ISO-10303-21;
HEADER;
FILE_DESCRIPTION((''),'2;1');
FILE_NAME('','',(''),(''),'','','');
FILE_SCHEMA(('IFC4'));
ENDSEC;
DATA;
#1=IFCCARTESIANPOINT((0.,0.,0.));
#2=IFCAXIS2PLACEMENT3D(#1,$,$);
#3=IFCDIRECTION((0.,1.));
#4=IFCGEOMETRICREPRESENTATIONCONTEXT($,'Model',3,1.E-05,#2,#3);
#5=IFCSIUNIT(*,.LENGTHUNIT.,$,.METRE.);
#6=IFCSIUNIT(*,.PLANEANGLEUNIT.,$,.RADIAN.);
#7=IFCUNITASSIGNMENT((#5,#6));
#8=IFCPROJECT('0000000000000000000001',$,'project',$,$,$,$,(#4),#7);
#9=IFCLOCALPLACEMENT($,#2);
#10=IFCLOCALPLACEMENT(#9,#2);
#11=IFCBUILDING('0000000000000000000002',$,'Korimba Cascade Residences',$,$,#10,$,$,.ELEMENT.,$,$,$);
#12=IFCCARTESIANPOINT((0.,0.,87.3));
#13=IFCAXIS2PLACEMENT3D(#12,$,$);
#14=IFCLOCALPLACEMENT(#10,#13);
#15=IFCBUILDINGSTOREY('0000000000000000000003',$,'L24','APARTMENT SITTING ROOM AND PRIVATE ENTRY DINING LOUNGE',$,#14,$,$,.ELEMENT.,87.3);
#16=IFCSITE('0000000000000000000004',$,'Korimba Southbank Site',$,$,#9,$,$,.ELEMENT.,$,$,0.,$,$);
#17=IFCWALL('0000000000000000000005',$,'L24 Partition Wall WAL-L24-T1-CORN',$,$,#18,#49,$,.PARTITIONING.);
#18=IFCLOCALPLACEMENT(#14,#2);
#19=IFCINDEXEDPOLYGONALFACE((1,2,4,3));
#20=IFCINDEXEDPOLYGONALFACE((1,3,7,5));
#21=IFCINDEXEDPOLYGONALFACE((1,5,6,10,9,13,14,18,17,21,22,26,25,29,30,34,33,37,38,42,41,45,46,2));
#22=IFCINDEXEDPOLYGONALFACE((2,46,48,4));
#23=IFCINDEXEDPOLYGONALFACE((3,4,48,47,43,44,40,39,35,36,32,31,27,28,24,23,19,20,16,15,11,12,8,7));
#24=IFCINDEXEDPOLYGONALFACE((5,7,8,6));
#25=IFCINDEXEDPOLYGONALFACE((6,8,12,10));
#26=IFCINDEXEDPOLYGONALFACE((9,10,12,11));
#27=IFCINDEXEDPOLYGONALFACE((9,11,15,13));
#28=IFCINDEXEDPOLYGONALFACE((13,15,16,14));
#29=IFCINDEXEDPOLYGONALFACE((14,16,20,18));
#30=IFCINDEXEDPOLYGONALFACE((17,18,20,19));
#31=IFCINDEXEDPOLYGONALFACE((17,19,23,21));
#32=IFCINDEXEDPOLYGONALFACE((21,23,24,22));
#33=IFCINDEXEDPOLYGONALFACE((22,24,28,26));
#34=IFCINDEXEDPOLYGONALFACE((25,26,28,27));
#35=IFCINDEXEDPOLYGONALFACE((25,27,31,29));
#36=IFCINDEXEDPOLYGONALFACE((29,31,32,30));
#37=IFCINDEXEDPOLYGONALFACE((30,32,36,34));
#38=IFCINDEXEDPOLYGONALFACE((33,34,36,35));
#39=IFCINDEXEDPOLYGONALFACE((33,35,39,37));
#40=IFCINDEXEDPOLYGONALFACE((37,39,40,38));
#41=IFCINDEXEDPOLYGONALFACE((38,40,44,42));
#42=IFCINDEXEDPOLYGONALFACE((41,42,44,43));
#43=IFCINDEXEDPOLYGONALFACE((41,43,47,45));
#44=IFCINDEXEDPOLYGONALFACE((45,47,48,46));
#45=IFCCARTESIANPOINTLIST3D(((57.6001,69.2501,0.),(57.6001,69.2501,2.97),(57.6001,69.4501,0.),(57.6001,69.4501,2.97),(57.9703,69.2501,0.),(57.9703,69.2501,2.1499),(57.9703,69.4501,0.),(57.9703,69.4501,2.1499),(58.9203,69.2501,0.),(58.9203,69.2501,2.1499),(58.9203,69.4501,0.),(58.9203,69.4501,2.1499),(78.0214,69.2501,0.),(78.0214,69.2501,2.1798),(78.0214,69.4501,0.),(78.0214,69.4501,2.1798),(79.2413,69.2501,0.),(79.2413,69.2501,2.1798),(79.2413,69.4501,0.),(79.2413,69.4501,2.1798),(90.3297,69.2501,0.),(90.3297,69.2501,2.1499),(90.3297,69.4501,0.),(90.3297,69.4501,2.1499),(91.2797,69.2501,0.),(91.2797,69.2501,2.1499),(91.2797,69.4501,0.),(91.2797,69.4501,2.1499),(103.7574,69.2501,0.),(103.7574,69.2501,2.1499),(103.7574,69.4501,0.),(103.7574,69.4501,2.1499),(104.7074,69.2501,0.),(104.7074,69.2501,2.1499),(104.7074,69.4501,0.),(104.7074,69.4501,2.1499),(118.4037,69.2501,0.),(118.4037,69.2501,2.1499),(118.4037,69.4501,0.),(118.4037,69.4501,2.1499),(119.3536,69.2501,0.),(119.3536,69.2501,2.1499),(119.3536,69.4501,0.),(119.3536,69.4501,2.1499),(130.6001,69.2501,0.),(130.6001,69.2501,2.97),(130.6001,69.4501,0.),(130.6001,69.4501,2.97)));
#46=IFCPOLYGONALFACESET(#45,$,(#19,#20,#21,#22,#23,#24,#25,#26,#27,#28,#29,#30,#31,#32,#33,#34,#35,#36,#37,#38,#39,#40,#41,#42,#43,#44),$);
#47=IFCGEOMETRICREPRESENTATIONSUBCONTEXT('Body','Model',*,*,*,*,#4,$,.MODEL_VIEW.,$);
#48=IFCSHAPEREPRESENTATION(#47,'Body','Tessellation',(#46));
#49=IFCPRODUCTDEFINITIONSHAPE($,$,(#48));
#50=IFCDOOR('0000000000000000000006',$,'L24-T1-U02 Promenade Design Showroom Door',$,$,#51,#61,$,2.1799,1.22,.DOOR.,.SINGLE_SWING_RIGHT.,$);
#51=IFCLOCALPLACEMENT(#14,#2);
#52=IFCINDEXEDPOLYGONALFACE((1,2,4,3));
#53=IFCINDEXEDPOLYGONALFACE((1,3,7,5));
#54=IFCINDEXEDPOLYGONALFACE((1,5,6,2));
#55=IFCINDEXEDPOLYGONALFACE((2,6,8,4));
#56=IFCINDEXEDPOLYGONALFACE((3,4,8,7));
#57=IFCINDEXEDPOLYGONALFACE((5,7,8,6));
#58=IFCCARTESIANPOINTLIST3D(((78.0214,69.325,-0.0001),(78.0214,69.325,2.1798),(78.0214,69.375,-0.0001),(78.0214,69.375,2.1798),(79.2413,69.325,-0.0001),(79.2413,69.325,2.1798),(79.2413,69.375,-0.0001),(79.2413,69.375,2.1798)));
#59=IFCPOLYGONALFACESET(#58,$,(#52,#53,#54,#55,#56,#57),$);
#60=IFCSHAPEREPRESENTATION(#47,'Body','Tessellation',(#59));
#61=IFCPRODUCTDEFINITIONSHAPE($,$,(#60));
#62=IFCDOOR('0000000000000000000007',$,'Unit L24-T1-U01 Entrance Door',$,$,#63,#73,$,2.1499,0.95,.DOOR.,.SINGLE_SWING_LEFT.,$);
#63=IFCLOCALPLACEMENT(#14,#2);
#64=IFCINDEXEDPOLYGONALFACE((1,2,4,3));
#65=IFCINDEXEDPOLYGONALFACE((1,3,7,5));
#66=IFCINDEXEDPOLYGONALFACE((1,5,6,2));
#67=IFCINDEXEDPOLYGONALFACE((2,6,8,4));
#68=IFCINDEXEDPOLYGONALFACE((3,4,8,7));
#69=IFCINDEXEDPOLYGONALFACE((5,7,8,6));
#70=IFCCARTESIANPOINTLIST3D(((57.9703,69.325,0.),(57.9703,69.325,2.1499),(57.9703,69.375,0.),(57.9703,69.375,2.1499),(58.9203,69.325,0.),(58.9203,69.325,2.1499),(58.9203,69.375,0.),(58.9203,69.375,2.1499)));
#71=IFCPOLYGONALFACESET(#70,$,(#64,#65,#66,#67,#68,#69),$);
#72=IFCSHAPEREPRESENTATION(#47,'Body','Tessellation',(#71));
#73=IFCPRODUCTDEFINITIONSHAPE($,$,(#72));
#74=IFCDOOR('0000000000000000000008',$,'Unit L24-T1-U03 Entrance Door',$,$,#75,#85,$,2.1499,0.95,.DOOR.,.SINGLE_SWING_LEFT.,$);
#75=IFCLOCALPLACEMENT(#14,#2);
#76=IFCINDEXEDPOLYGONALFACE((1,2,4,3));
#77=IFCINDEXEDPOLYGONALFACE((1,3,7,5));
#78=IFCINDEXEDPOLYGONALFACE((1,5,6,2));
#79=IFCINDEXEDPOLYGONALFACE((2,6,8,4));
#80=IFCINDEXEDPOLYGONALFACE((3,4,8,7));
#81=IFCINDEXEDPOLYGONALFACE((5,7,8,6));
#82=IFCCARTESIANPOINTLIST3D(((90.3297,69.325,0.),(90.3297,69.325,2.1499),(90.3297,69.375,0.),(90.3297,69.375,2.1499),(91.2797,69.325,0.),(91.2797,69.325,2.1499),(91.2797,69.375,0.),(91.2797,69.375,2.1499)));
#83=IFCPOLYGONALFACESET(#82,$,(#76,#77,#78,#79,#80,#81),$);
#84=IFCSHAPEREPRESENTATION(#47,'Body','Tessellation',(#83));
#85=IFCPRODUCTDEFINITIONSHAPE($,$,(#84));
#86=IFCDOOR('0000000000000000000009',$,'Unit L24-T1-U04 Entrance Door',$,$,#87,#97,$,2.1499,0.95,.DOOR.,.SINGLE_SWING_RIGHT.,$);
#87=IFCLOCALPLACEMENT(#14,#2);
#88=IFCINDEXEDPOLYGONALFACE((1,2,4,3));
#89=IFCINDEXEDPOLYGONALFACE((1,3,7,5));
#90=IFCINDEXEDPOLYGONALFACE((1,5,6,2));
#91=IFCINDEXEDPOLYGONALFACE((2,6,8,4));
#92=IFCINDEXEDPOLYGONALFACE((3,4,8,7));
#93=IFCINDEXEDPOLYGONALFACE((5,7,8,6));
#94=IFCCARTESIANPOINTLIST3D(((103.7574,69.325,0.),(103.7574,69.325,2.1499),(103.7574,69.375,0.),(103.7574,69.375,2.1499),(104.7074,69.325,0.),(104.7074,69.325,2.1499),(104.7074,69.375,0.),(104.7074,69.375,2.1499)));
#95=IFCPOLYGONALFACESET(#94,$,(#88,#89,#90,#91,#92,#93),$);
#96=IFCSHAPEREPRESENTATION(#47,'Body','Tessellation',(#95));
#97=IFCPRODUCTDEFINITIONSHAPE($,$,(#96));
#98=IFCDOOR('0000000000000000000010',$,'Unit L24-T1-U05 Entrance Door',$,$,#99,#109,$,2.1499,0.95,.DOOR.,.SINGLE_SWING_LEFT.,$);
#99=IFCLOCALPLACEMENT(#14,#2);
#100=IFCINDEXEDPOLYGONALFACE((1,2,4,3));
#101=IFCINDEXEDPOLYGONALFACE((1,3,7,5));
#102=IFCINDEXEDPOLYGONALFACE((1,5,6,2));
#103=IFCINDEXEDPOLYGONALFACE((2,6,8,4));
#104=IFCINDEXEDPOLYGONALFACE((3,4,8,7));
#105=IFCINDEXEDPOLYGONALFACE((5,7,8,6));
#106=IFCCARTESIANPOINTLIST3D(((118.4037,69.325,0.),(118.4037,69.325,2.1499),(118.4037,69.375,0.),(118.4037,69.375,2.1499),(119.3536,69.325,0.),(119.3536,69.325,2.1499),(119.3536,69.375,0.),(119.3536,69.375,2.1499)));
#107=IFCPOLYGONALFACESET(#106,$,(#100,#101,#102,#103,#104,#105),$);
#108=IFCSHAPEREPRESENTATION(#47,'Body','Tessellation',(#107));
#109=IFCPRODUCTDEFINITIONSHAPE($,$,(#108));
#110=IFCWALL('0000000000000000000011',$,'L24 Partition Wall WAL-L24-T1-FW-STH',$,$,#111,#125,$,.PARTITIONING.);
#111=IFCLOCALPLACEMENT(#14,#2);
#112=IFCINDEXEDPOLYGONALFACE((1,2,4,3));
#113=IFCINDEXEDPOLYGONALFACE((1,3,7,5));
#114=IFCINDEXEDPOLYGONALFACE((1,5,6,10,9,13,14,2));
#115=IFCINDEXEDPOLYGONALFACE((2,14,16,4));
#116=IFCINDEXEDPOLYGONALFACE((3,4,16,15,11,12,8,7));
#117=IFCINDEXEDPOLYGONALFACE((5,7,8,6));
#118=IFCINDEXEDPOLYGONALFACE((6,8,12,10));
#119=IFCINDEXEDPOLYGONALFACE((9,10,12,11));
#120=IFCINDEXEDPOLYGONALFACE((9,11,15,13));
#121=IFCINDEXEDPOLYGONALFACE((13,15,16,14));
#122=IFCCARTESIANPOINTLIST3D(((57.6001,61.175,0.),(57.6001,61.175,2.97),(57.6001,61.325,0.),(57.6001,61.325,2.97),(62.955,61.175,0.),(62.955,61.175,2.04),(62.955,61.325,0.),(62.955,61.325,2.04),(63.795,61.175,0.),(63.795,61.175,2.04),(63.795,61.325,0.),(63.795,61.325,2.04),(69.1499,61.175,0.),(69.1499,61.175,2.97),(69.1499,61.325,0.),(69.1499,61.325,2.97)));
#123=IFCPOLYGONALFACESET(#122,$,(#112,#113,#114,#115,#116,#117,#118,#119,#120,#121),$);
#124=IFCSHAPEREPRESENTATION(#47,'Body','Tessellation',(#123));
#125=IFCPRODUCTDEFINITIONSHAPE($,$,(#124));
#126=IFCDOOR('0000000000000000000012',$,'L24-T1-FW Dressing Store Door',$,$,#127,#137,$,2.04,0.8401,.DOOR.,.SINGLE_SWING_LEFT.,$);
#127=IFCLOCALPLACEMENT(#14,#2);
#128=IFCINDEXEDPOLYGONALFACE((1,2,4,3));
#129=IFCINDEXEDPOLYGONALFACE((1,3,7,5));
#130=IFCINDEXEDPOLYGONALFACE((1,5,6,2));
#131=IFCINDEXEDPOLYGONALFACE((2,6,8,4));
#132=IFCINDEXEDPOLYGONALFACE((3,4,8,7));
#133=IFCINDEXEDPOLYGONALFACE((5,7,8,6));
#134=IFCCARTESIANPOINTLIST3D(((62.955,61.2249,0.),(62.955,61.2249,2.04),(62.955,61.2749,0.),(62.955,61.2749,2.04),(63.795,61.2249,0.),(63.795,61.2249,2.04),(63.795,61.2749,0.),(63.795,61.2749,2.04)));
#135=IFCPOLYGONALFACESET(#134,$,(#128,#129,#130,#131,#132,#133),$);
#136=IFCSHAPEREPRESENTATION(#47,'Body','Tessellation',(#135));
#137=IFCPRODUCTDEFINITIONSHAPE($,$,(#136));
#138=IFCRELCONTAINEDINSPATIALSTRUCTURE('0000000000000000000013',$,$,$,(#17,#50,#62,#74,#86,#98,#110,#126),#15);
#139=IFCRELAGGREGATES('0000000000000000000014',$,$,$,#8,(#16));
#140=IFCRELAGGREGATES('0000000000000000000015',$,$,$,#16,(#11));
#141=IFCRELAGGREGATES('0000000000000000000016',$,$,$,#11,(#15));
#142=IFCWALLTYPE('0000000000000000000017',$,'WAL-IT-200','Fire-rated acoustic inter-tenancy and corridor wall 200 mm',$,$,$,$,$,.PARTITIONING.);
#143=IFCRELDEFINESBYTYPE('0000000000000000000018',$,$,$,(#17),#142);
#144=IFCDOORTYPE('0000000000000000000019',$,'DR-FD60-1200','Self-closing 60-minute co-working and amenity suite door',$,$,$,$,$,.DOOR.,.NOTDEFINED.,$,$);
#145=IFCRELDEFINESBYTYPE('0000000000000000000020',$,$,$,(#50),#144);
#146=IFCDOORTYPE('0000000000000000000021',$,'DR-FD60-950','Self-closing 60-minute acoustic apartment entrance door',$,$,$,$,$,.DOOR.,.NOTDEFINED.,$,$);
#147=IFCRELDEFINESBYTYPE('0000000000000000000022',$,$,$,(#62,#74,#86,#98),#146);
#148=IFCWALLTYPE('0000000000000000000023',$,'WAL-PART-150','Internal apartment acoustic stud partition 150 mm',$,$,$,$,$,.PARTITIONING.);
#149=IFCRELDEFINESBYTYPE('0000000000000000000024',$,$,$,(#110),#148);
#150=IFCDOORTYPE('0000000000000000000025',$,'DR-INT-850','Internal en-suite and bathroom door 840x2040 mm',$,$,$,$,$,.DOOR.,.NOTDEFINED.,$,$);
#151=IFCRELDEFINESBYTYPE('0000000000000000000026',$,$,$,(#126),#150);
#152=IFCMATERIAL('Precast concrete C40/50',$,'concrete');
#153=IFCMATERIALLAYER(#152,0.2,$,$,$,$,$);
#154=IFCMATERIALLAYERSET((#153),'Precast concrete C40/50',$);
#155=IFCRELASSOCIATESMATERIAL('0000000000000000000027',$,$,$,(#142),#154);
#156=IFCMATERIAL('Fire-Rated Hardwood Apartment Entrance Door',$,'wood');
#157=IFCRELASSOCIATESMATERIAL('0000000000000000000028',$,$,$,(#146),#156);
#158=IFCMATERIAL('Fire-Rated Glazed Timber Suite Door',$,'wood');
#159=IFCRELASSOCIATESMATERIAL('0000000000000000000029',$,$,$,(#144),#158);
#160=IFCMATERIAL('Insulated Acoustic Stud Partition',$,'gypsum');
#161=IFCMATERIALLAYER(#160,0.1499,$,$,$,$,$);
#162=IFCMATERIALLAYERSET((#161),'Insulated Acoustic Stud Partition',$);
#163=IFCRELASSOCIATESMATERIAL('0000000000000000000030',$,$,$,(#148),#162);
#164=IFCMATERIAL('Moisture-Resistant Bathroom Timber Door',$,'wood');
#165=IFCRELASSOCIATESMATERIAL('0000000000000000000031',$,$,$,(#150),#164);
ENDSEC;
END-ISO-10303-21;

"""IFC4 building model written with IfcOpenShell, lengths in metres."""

from ifc_helpers import new_model, si_unit, direction, frame, frame_2d, origin, place, context, subcontext, project, spatial, rectangle, extrude, material, layer, layer_set, type_object, element, fill, save


model = new_model("IFC4")

# Units and contexts
model_context = context("Model", 3, precision=1e-05, world=origin(), true_north=direction((0.0, 1.0)))
body_context = subcontext(model_context, "Body", "Model", "MODEL_VIEW")
ifc_project = project(units=[si_unit("LENGTHUNIT", "METRE"), si_unit("PLANEANGLEUNIT", "RADIAN")], contexts=[model_context])

# Site, building, storey
site_placement = place(None, origin())
site = spatial("IfcSite", under=ifc_project, at=site_placement, Name="Korimba Southbank Site", CompositionType="ELEMENT", RefElevation=0.0)
building_placement = place(site_placement, origin())
building = spatial("IfcBuilding", under=site, at=building_placement, Name="Korimba Cascade Residences", CompositionType="ELEMENT")
storey_placement = place(building_placement, frame((0.0, 0.0, 87.3)))
storey = spatial("IfcBuildingStorey", under=building, at=storey_placement, Name="L24", Description="APARTMENT SITTING ROOM AND PRIVATE ENTRY DINING LOUNGE", CompositionType="ELEMENT", Elevation=87.3)

# Shared definitions
ifc_material_1 = material(Name="Precast concrete C40/50", Category="concrete")
ifc_layer_1 = layer(ifc_material_1, 0.2)
ifc_layer_set_1 = layer_set([ifc_layer_1], Name="Precast concrete C40/50")
wall_type_1 = type_object("IfcWallType", Name="WAL-IT-200", Description="Fire-rated acoustic inter-tenancy and corridor wall 200 mm", PredefinedType="PARTITIONING", material=ifc_layer_set_1)
ifc_material_2 = material(Name="Fire-Rated Hardwood Apartment Entrance Door", Category="wood")
door_type_1 = type_object("IfcDoorType", Name="DR-FD60-950", Description="Self-closing 60-minute acoustic apartment entrance door", OperationType="NOTDEFINED", PredefinedType="DOOR", material=ifc_material_2)

# Wall, openings, doors
wall_1_placement = place(storey_placement, frame((57.6001, 69.3501, 0.0), z_axis=(0.0, 0.0, 1.0), x_axis=(1.0, 0.0, 0.0)))
wall_1 = element("IfcWall", 1, at=wall_1_placement, inside=storey, type_object=wall_type_1, Name="L24 Partition Wall WAL-L24-T1-CORN", PredefinedType="PARTITIONING", context=body_context, shape_type="SweptSolid", body=[
    extrude(rectangle(XDim=73.0, YDim=0.2, at=frame_2d((36.5, 0.0))), origin(), (0.0, 0.0, 1.0), 2.97),
])
opening_1_placement = place(wall_1_placement, frame((0.3701, 0.0, 0.0)))
opening_1 = element("IfcOpeningElement", 2, at=opening_1_placement, cuts=wall_1, PredefinedType="OPENING", context=body_context, shape_type="SweptSolid", body=[
    extrude(rectangle(XDim=0.95, YDim=2.1499, at=frame_2d((0.4751, 1.075))), frame((0.0, 0.1099, 0.0), z_axis=(0.0, -1.0, 0.0), x_axis=(1.0, 0.0, 0.0)), (0.0, 0.0, 1.0), 0.22),
])
opening_2_placement = place(wall_1_placement, frame((20.4214, 0.0, 0.0)))
opening_2 = element("IfcOpeningElement", 3, at=opening_2_placement, cuts=wall_1, PredefinedType="OPENING", context=body_context, shape_type="SweptSolid", body=[
    extrude(rectangle(XDim=1.22, YDim=2.1799, at=frame_2d((0.6099, 1.0898))), frame((0.0, 0.1099, 0.0), z_axis=(0.0, -1.0, 0.0), x_axis=(1.0, 0.0, 0.0)), (0.0, 0.0, 1.0), 0.22),
])
opening_3_placement = place(wall_1_placement, frame((32.7295, 0.0, 0.0)))
opening_3 = element("IfcOpeningElement", 4, at=opening_3_placement, cuts=wall_1, PredefinedType="OPENING", context=body_context, shape_type="SweptSolid", body=[
    extrude(rectangle(XDim=0.95, YDim=2.1499, at=frame_2d((0.4751, 1.075))), frame((0.0, 0.1099, 0.0), z_axis=(0.0, -1.0, 0.0), x_axis=(1.0, 0.0, 0.0)), (0.0, 0.0, 1.0), 0.22),
])
opening_4_placement = place(wall_1_placement, frame((46.1572, 0.0, 0.0)))
opening_4 = element("IfcOpeningElement", 5, at=opening_4_placement, cuts=wall_1, PredefinedType="OPENING", context=body_context, shape_type="SweptSolid", body=[
    extrude(rectangle(XDim=0.95, YDim=2.1499, at=frame_2d((0.4751, 1.075))), frame((0.0, 0.1099, 0.0), z_axis=(0.0, -1.0, 0.0), x_axis=(1.0, 0.0, 0.0)), (0.0, 0.0, 1.0), 0.22),
])
opening_5_placement = place(wall_1_placement, frame((60.8035, 0.0, 0.0)))
opening_5 = element("IfcOpeningElement", 6, at=opening_5_placement, cuts=wall_1, PredefinedType="OPENING", context=body_context, shape_type="SweptSolid", body=[
    extrude(rectangle(XDim=0.95, YDim=2.1499, at=frame_2d((0.4751, 1.075))), frame((0.0, 0.1099, 0.0), z_axis=(0.0, -1.0, 0.0), x_axis=(1.0, 0.0, 0.0)), (0.0, 0.0, 1.0), 0.22),
])
ifc_material_3 = material(Name="Fire-Rated Glazed Timber Suite Door", Category="wood")
door_type_2 = type_object("IfcDoorType", Name="DR-FD60-1200", Description="Self-closing 60-minute co-working and amenity suite door", OperationType="NOTDEFINED", PredefinedType="DOOR", material=ifc_material_3)
door_1_placement = place(opening_2_placement, origin())
door_1 = element("IfcDoor", 7, at=door_1_placement, inside=storey, type_object=door_type_2, Name="L24-T1-U02 Promenade Design Showroom Door", OperationType="SINGLE_SWING_RIGHT", OverallHeight=2.1799, OverallWidth=1.22, PredefinedType="DOOR", context=body_context, shape_type="SweptSolid", body=[
    extrude(rectangle(XDim=1.22, YDim=2.1799, at=frame_2d((0.6099, 1.0898))), frame((0.0, 0.0249, 0.0), z_axis=(0.0, -1.0, 0.0), x_axis=(1.0, 0.0, 0.0)), (0.0, 0.0, 1.0), 0.05),
])
fill(opening_2, door_1)
door_2_placement = place(opening_1_placement, origin())
door_2 = element("IfcDoor", 8, at=door_2_placement, inside=storey, type_object=door_type_1, Name="Unit L24-T1-U01 Entrance Door", OperationType="SINGLE_SWING_LEFT", OverallHeight=2.1499, OverallWidth=0.95, PredefinedType="DOOR", context=body_context, shape_type="SweptSolid", body=[
    extrude(rectangle(XDim=0.95, YDim=2.1499, at=frame_2d((0.4751, 1.075))), frame((0.0, 0.0249, 0.0), z_axis=(0.0, -1.0, 0.0), x_axis=(1.0, 0.0, 0.0)), (0.0, 0.0, 1.0), 0.05),
])
fill(opening_1, door_2)
door_3_placement = place(opening_3_placement, origin())
door_3 = element("IfcDoor", 9, at=door_3_placement, inside=storey, type_object=door_type_1, Name="Unit L24-T1-U03 Entrance Door", OperationType="SINGLE_SWING_LEFT", OverallHeight=2.1499, OverallWidth=0.95, PredefinedType="DOOR", context=body_context, shape_type="SweptSolid", body=[
    extrude(rectangle(XDim=0.95, YDim=2.1499, at=frame_2d((0.4751, 1.075))), frame((0.0, 0.0249, 0.0), z_axis=(0.0, -1.0, 0.0), x_axis=(1.0, 0.0, 0.0)), (0.0, 0.0, 1.0), 0.05),
])
fill(opening_3, door_3)
door_4_placement = place(opening_4_placement, origin())
door_4 = element("IfcDoor", 10, at=door_4_placement, inside=storey, type_object=door_type_1, Name="Unit L24-T1-U04 Entrance Door", OperationType="SINGLE_SWING_RIGHT", OverallHeight=2.1499, OverallWidth=0.95, PredefinedType="DOOR", context=body_context, shape_type="SweptSolid", body=[
    extrude(rectangle(XDim=0.95, YDim=2.1499, at=frame_2d((0.4751, 1.075))), frame((0.0, 0.0249, 0.0), z_axis=(0.0, -1.0, 0.0), x_axis=(1.0, 0.0, 0.0)), (0.0, 0.0, 1.0), 0.05),
])
fill(opening_4, door_4)
door_5_placement = place(opening_5_placement, origin())
door_5 = element("IfcDoor", 11, at=door_5_placement, inside=storey, type_object=door_type_1, Name="Unit L24-T1-U05 Entrance Door", OperationType="SINGLE_SWING_LEFT", OverallHeight=2.1499, OverallWidth=0.95, PredefinedType="DOOR", context=body_context, shape_type="SweptSolid", body=[
    extrude(rectangle(XDim=0.95, YDim=2.1499, at=frame_2d((0.4751, 1.075))), frame((0.0, 0.0249, 0.0), z_axis=(0.0, -1.0, 0.0), x_axis=(1.0, 0.0, 0.0)), (0.0, 0.0, 1.0), 0.05),
])
fill(opening_5, door_5)

# Wall, opening, door
ifc_material_4 = material(Name="Insulated Acoustic Stud Partition", Category="gypsum")
ifc_layer_2 = layer(ifc_material_4, 0.1499)
ifc_layer_set_2 = layer_set([ifc_layer_2], Name="Insulated Acoustic Stud Partition")
wall_type_2 = type_object("IfcWallType", Name="WAL-PART-150", Description="Internal apartment acoustic stud partition 150 mm", PredefinedType="PARTITIONING", material=ifc_layer_set_2)
wall_2_placement = place(storey_placement, frame((57.6001, 61.25, 0.0), z_axis=(0.0, 0.0, 1.0), x_axis=(1.0, 0.0, 0.0)))
wall_2 = element("IfcWall", 12, at=wall_2_placement, inside=storey, type_object=wall_type_2, Name="L24 Partition Wall WAL-L24-T1-FW-STH", PredefinedType="PARTITIONING", context=body_context, shape_type="SweptSolid", body=[
    extrude(rectangle(XDim=11.5498, YDim=0.1499, at=frame_2d((5.7749, 0.0))), origin(), (0.0, 0.0, 1.0), 2.97),
])
opening_6_placement = place(wall_2_placement, frame((5.355, 0.0, 0.0)))
opening_6 = element("IfcOpeningElement", 13, at=opening_6_placement, cuts=wall_2, PredefinedType="OPENING", context=body_context, shape_type="SweptSolid", body=[
    extrude(rectangle(XDim=0.8401, YDim=2.04, at=frame_2d((0.4199, 1.02))), frame((0.0, 0.085, 0.0), z_axis=(0.0, -1.0, 0.0), x_axis=(1.0, 0.0, 0.0)), (0.0, 0.0, 1.0), 0.1699),
])
ifc_material_5 = material(Name="Moisture-Resistant Bathroom Timber Door", Category="wood")
door_type_3 = type_object("IfcDoorType", Name="DR-INT-850", Description="Internal en-suite and bathroom door 840x2040 mm", OperationType="NOTDEFINED", PredefinedType="DOOR", material=ifc_material_5)
door_6_placement = place(opening_6_placement, origin())
door_6 = element("IfcDoor", 14, at=door_6_placement, inside=storey, type_object=door_type_3, Name="L24-T1-FW Dressing Store Door", OperationType="SINGLE_SWING_LEFT", OverallHeight=2.04, OverallWidth=0.8401, PredefinedType="DOOR", context=body_context, shape_type="SweptSolid", body=[
    extrude(rectangle(XDim=0.8401, YDim=2.04, at=frame_2d((0.4199, 1.02))), frame((0.0, 0.0249, 0.0), z_axis=(0.0, -1.0, 0.0), x_axis=(1.0, 0.0, 0.0)), (0.0, 0.0, 1.0), 0.05),
])
fill(opening_6, door_6)

save(model, "model.ifc")
